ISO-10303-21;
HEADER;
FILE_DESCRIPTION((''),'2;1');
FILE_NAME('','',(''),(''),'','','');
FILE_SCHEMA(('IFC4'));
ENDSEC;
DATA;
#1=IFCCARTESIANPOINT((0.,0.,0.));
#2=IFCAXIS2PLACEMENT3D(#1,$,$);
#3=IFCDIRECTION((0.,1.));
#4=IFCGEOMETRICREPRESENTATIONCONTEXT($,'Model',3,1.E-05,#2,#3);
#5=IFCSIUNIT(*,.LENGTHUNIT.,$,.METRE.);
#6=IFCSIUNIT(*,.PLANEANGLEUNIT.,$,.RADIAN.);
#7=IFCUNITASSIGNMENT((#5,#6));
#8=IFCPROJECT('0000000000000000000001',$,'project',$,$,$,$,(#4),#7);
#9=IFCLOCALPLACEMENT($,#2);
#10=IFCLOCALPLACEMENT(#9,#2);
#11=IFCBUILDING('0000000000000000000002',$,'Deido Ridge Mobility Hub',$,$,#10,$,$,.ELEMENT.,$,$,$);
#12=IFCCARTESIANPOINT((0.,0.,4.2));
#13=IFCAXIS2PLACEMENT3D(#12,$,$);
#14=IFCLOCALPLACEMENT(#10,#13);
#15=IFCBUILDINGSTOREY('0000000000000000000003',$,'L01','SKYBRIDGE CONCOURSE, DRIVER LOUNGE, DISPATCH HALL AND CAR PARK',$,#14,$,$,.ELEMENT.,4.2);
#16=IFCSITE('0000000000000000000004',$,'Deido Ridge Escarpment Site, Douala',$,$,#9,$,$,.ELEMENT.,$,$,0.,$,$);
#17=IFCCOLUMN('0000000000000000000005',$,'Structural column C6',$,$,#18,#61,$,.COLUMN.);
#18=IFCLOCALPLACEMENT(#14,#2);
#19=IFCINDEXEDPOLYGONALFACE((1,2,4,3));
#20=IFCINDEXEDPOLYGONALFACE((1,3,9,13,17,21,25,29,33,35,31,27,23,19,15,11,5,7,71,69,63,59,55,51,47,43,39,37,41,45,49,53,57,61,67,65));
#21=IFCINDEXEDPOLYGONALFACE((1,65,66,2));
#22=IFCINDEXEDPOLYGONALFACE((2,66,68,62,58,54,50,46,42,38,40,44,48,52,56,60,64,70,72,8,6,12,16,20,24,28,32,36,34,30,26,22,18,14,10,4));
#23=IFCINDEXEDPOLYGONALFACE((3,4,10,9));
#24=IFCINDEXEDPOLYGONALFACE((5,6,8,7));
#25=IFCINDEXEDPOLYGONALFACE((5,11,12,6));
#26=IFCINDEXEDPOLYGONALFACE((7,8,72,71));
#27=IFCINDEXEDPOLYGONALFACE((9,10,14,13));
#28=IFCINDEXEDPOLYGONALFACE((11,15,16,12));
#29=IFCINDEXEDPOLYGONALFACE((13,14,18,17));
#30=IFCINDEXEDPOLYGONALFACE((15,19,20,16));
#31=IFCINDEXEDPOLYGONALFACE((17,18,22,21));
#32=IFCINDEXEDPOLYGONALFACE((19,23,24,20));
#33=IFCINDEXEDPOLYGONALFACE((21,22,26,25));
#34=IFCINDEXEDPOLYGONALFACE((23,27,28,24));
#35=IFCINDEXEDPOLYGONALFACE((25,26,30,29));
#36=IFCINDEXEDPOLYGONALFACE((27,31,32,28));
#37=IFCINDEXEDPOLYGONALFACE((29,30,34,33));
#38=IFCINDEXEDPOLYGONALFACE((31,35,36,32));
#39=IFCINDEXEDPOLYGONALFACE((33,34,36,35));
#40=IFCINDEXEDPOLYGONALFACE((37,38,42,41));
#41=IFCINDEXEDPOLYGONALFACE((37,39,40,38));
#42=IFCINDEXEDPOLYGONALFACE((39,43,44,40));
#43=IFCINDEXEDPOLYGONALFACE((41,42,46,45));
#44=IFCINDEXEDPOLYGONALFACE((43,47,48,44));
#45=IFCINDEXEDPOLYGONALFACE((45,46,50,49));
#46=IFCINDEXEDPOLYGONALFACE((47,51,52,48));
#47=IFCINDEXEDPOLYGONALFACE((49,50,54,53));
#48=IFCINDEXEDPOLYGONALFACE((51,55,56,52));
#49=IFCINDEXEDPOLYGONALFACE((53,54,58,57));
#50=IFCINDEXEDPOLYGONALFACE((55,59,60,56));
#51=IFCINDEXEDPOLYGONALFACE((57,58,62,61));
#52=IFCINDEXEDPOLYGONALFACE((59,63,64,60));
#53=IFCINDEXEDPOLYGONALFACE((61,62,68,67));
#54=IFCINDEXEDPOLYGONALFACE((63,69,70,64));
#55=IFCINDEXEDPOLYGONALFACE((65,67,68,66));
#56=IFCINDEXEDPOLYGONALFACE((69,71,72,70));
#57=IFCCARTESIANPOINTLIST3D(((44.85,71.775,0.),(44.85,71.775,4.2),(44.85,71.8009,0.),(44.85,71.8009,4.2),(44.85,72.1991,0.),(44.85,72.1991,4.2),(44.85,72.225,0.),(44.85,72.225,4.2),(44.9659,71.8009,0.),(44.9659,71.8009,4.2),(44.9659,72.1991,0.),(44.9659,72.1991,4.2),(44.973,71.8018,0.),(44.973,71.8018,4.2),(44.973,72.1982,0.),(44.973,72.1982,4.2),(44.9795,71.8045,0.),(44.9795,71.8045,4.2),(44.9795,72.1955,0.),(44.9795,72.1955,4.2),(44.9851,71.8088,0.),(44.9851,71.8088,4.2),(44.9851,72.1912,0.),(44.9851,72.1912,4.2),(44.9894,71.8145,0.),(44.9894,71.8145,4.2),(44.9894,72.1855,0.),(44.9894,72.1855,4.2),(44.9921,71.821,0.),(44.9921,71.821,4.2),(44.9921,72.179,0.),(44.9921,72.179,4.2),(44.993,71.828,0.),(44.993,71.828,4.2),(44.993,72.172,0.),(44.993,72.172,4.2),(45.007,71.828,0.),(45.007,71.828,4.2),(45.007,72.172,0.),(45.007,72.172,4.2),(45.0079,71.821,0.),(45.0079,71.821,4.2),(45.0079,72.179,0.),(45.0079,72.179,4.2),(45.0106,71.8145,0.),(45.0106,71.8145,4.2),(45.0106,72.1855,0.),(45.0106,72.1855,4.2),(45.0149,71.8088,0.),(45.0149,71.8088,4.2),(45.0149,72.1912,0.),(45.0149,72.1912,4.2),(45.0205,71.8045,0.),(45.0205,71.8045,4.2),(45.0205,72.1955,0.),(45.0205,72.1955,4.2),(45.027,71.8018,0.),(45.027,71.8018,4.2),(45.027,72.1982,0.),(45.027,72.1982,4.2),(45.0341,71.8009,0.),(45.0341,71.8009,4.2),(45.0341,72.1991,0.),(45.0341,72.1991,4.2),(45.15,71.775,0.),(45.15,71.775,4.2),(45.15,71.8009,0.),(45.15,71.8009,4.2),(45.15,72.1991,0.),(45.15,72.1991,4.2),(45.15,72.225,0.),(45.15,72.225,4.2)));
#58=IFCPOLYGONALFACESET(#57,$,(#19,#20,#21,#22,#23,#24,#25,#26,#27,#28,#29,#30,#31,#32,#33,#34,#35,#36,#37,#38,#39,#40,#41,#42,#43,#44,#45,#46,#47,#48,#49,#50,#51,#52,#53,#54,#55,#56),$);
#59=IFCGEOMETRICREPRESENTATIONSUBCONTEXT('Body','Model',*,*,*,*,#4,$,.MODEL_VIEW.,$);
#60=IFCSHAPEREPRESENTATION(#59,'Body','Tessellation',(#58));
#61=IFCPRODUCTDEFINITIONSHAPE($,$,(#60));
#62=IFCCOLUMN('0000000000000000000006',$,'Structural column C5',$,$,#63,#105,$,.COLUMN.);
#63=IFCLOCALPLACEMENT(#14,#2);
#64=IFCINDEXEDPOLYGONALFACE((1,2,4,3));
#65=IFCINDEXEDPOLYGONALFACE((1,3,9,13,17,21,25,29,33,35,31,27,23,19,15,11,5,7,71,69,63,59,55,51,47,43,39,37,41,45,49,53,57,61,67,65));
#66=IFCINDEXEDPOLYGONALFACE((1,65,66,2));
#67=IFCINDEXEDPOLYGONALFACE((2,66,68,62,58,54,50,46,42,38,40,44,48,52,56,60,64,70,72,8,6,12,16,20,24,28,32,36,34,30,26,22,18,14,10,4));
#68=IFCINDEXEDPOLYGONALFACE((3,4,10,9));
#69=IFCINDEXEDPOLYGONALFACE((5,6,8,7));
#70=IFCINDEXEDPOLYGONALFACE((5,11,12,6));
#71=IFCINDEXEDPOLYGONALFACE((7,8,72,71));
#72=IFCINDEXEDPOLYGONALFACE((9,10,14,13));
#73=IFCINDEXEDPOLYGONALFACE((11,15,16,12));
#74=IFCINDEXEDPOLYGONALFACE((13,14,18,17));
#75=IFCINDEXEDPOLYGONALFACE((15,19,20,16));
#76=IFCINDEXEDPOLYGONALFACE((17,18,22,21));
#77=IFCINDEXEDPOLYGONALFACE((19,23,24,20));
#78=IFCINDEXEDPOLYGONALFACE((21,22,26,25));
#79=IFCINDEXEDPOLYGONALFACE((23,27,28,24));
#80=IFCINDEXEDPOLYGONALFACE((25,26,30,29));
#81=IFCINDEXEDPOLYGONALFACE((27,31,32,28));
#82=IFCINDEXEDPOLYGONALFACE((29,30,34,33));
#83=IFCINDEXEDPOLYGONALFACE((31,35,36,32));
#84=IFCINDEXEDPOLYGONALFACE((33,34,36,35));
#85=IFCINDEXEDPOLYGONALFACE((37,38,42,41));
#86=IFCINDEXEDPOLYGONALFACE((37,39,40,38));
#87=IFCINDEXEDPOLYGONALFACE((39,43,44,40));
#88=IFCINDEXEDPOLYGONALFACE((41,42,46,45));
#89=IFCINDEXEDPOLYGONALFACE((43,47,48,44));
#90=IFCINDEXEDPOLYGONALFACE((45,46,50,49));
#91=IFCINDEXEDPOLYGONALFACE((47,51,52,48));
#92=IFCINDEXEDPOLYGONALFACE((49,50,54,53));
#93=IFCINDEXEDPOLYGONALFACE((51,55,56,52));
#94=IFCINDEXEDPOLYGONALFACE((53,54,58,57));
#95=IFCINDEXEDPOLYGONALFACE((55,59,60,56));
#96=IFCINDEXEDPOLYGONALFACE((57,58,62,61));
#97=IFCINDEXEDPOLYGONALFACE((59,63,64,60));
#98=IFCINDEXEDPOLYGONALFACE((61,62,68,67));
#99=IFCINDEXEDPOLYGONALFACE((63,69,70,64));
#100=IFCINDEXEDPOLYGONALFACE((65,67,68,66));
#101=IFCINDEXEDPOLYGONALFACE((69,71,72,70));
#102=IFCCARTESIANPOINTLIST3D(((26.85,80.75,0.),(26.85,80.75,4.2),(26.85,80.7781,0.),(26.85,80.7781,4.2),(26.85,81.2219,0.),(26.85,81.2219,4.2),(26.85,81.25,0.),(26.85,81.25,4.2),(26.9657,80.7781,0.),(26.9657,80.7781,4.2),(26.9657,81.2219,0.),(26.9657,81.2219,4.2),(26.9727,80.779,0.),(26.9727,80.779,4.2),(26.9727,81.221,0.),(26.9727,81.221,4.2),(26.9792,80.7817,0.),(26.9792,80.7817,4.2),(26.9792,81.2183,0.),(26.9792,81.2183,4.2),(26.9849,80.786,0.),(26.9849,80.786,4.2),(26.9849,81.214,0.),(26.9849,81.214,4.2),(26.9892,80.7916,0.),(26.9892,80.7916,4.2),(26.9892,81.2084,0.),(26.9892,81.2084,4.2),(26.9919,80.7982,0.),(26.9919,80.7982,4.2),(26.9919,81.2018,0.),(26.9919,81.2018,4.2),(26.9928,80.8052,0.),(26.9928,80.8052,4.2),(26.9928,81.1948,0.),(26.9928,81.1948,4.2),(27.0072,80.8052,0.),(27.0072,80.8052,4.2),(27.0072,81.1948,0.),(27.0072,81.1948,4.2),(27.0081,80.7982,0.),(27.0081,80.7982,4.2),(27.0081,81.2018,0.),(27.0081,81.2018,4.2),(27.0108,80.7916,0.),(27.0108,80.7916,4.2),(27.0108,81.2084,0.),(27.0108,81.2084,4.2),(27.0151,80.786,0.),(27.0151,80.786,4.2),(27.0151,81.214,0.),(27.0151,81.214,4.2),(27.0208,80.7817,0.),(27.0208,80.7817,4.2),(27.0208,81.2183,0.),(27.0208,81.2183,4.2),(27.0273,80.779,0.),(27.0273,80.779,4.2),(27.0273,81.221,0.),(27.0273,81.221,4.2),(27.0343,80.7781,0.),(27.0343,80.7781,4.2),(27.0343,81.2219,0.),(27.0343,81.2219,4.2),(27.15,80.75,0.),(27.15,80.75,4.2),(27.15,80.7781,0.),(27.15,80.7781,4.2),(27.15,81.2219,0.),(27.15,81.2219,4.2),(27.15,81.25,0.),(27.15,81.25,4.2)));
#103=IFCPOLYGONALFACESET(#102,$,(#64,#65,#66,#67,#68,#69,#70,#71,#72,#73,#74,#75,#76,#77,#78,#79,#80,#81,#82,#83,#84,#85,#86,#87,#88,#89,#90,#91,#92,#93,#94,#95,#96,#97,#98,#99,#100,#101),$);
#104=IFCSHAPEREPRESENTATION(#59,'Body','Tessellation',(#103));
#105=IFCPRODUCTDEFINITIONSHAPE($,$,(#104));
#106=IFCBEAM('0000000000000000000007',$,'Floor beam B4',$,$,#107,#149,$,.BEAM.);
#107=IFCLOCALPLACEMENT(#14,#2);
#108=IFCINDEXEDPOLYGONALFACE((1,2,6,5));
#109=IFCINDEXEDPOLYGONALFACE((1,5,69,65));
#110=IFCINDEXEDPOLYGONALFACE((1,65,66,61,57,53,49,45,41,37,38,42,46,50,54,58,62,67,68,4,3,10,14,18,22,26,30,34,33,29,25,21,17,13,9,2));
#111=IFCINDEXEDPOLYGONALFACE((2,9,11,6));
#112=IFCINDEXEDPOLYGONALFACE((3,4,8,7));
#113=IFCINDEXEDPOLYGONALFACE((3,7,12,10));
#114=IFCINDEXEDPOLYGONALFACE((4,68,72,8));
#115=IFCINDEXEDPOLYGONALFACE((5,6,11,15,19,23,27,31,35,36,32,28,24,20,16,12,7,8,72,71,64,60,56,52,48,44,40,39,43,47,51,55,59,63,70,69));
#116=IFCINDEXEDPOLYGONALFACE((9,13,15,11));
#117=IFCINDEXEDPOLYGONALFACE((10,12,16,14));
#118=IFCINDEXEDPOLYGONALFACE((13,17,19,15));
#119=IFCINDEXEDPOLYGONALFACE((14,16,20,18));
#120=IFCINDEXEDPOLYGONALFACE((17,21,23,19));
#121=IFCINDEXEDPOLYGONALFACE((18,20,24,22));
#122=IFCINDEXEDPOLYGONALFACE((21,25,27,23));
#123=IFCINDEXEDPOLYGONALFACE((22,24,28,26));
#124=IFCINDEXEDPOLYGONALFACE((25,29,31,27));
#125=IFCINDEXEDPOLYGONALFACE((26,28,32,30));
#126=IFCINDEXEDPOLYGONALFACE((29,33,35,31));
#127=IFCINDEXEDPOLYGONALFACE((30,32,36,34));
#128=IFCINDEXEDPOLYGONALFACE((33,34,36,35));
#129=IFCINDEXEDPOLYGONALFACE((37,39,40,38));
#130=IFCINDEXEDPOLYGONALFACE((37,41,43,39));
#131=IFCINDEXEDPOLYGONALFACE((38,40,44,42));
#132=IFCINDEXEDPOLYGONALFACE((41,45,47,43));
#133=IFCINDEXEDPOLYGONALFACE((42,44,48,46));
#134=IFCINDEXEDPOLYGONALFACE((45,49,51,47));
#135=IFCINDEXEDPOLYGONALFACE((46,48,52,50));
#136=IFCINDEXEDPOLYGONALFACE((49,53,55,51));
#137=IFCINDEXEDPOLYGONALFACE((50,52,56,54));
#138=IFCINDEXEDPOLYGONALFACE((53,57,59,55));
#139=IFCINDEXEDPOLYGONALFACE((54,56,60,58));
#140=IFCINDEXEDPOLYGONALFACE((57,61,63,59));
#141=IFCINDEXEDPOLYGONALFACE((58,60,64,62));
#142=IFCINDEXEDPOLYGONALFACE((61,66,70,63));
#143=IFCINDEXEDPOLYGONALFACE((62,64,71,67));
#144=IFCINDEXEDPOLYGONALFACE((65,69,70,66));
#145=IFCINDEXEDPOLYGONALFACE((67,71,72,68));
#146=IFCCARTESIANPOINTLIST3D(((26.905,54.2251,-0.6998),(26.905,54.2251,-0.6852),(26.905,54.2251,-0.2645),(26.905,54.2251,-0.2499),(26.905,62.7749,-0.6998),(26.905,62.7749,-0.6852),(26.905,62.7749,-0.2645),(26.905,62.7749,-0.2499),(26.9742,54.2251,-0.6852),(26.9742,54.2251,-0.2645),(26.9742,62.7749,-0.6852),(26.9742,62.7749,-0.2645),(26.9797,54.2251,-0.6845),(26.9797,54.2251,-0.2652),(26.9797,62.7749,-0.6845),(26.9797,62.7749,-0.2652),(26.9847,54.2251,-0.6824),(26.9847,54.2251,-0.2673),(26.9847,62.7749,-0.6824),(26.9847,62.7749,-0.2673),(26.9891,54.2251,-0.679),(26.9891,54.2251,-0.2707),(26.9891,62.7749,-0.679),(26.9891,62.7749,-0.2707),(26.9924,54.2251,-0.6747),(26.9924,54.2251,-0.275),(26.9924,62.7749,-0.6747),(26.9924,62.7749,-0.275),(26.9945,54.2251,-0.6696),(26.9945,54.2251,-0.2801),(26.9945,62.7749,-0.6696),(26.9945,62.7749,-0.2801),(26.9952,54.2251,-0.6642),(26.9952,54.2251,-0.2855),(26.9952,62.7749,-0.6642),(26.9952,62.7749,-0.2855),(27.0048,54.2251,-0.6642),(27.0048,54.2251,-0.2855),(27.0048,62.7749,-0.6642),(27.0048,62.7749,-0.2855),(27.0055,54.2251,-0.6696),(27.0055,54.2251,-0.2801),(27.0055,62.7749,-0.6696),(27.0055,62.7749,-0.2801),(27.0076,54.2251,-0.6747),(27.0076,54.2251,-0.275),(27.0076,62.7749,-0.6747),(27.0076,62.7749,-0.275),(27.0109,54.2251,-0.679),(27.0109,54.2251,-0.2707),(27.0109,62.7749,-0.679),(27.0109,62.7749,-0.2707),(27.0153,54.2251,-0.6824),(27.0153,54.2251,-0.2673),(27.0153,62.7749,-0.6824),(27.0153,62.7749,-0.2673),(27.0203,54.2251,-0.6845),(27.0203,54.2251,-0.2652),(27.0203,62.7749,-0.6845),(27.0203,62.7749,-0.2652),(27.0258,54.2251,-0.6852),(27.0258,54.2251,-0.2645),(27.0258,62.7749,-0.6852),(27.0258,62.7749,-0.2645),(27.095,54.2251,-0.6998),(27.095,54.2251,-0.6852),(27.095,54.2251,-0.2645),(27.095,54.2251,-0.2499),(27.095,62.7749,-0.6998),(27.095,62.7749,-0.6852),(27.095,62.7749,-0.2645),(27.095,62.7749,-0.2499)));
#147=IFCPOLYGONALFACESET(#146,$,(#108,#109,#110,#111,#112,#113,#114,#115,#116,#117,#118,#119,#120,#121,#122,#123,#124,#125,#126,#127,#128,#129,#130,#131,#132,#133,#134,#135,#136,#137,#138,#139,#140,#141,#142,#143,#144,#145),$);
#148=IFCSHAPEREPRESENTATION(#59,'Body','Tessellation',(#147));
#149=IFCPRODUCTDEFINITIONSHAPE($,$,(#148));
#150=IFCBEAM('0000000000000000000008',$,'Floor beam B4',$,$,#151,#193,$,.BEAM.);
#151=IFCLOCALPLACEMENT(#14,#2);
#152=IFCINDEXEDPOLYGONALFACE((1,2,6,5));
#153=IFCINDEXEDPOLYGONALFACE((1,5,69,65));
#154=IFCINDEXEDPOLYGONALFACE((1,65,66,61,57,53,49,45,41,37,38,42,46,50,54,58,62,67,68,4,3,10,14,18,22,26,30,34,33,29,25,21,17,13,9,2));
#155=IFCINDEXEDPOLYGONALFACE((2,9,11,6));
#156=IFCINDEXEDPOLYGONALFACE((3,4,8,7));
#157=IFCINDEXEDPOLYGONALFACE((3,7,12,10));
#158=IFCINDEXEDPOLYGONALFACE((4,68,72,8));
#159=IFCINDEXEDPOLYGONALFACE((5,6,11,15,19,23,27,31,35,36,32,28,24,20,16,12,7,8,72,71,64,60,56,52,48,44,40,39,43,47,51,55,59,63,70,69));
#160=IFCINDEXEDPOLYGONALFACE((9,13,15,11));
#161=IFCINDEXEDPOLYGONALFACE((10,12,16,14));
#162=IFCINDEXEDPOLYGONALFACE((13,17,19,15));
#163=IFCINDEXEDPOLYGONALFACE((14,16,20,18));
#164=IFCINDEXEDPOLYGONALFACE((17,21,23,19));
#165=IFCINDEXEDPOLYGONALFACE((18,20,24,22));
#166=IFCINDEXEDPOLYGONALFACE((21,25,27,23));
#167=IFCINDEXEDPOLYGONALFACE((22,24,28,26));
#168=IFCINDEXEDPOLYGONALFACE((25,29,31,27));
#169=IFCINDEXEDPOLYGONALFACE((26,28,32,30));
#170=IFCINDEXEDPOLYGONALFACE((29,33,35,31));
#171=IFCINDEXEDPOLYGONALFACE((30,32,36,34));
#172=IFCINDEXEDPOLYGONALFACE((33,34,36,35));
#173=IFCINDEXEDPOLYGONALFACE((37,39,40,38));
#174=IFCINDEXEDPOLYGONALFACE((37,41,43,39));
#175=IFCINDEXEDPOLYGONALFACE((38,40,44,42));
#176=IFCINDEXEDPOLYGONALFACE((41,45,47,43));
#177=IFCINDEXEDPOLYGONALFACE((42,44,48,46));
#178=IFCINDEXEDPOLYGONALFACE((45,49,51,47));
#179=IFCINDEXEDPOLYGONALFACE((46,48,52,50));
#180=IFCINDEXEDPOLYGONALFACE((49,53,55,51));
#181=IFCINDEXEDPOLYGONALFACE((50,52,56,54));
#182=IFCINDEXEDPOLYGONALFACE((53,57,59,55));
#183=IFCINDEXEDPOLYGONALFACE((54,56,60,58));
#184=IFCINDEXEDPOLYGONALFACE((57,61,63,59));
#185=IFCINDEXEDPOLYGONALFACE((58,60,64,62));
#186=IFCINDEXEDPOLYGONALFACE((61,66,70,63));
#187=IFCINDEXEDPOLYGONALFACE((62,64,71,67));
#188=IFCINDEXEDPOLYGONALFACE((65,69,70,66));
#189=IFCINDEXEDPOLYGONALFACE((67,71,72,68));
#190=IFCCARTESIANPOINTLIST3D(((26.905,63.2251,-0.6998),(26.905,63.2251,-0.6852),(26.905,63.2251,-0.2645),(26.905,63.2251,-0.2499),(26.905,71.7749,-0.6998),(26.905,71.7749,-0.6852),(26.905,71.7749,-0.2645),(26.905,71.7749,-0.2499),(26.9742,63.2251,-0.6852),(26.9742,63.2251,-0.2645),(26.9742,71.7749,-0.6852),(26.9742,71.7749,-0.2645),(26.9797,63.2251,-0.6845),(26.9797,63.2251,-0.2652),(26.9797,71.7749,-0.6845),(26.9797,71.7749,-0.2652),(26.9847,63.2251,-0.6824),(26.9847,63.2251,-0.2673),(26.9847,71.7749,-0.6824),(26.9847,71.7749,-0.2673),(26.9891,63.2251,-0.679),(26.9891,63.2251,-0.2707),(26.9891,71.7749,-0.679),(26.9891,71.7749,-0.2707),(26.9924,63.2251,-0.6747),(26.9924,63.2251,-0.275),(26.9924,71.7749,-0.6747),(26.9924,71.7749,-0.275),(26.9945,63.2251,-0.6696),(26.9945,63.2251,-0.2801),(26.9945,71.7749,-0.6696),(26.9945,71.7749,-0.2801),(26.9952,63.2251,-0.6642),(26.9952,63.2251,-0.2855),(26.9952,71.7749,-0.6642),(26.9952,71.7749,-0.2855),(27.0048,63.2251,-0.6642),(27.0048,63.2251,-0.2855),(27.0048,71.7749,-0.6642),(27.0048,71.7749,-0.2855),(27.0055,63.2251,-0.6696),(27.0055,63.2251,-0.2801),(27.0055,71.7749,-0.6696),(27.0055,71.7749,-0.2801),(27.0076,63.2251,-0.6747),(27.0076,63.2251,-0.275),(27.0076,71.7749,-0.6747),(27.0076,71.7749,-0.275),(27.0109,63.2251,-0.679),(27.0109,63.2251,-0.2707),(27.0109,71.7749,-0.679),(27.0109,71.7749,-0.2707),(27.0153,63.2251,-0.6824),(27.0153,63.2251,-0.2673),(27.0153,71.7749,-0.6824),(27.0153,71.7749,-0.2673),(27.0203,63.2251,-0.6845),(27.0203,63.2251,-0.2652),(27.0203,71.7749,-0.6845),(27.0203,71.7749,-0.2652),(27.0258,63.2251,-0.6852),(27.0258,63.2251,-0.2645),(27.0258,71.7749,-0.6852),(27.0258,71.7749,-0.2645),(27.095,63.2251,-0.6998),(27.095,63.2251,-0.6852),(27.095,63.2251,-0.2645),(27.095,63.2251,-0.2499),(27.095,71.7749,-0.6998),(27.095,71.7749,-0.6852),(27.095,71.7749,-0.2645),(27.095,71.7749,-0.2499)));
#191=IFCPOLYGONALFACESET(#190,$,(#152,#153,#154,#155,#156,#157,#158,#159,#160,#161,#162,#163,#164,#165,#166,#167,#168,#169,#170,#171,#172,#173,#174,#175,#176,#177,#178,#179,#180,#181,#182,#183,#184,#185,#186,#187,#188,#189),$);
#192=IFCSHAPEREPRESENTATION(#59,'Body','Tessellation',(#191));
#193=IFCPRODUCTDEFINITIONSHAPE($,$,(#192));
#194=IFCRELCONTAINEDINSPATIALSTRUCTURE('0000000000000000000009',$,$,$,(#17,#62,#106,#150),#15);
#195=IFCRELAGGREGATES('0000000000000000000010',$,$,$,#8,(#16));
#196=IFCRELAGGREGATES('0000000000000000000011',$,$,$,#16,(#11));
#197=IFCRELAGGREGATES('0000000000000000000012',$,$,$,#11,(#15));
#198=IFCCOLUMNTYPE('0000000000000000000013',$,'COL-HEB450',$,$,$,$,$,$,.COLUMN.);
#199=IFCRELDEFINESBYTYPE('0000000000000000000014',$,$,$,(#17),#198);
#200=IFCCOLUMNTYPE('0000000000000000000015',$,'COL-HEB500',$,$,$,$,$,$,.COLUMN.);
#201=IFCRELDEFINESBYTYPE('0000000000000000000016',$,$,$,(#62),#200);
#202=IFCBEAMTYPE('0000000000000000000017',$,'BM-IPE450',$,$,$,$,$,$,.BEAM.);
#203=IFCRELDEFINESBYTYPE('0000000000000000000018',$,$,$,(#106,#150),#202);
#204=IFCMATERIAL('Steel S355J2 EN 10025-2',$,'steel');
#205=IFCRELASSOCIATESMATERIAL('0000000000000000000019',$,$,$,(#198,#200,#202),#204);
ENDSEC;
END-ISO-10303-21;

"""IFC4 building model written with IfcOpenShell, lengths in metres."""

from ifc_helpers import new_model, si_unit, direction, frame, origin, origin_2d, place, context, subcontext, project, spatial, i_section, extrude, material, material_profile, profile_set, type_object, element, save


model = new_model("IFC4")

# Units and contexts
model_context = context("Model", 3, precision=1e-05, world=origin(), true_north=direction((0.0, 1.0)))
body_context = subcontext(model_context, "Body", "Model", "MODEL_VIEW")
ifc_project = project(units=[si_unit("LENGTHUNIT", "METRE"), si_unit("PLANEANGLEUNIT", "RADIAN")], contexts=[model_context])

# Site, building, storey
site_placement = place(None, origin())
site = spatial("IfcSite", under=ifc_project, at=site_placement, Name="Deido Ridge Escarpment Site, Douala", CompositionType="ELEMENT", RefElevation=0.0)
building_placement = place(site_placement, origin())
building = spatial("IfcBuilding", under=site, at=building_placement, Name="Deido Ridge Mobility Hub", CompositionType="ELEMENT")
storey_placement = place(building_placement, frame((0.0, 0.0, 4.2)))
storey = spatial("IfcBuildingStorey", under=building, at=storey_placement, Name="L01", Description="SKYBRIDGE CONCOURSE, DRIVER LOUNGE, DISPATCH HALL AND CAR PARK", CompositionType="ELEMENT", Elevation=4.2)

# Columns
ifc_material_1 = material(Name="Steel S355J2 EN 10025-2", Category="steel")
ifc_material_profile_1 = material_profile(ifc_material_1, i_section(OverallWidth=0.3, OverallDepth=0.45, WebThickness=0.0139, FlangeThickness=0.0259, FilletRadius=0.0271, at=origin_2d()), Name="HEB 450")
ifc_profile_set_1 = profile_set([ifc_material_profile_1], Name="Steel S355J2 EN 10025-2")
column_type_1 = type_object("IfcColumnType", Name="COL-HEB450", PredefinedType="COLUMN", material=ifc_profile_set_1)
for number, where, z_axis, x_axis, name in (
    (1, (45.0, 72.0, 0.0), (0.0, 0.0, 1.0), (1.0, 0.0, 0.0), "Structural column C6"),
):
    element("IfcColumn", number, at=place(storey_placement, frame(where, z_axis=z_axis, x_axis=x_axis)), inside=storey, type_object=column_type_1, Name=name, PredefinedType="COLUMN", context=body_context, shape_type="SweptSolid", body=[
        extrude(i_section(OverallWidth=0.3, OverallDepth=0.45, WebThickness=0.0139, FlangeThickness=0.0259, FilletRadius=0.0271, at=origin_2d()), origin(), (0.0, 0.0, 1.0), 4.2),
    ])
ifc_material_profile_2 = material_profile(ifc_material_1, i_section(OverallWidth=0.3, OverallDepth=0.5, WebThickness=0.0144, FlangeThickness=0.0281, FilletRadius=0.0271, at=origin_2d()), Name="HEB 500")
ifc_profile_set_2 = profile_set([ifc_material_profile_2], Name="Steel S355J2 EN 10025-2")
column_type_2 = type_object("IfcColumnType", Name="COL-HEB500", PredefinedType="COLUMN", material=ifc_profile_set_2)
column_placement = place(storey_placement, frame((27.0, 81.0, 0.0), z_axis=(0.0, 0.0, 1.0), x_axis=(1.0, 0.0, 0.0)))
element("IfcColumn", 2, at=column_placement, inside=storey, type_object=column_type_2, Name="Structural column C5", PredefinedType="COLUMN", context=body_context, shape_type="SweptSolid", body=[
    extrude(i_section(OverallWidth=0.3, OverallDepth=0.5, WebThickness=0.0144, FlangeThickness=0.0281, FilletRadius=0.0271, at=origin_2d()), origin(), (0.0, 0.0, 1.0), 4.2),
])

# Beams
ifc_material_profile_3 = material_profile(ifc_material_1, i_section(OverallWidth=0.1899, OverallDepth=0.45, WebThickness=0.0095, FlangeThickness=0.0146, FilletRadius=0.021, at=origin_2d()), Name="IPE 450")
ifc_profile_set_3 = profile_set([ifc_material_profile_3], Name="Steel S355J2 EN 10025-2")
beam_type_1 = type_object("IfcBeamType", Name="BM-IPE450", PredefinedType="BEAM", material=ifc_profile_set_3)
for number, where, z_axis, x_axis, name in (
    (3, (27.0, 54.2251, -0.4749), (0.0, 1.0, 0.0), (-1.0, 0.0, 0.0), "Floor beam B4"),
    (4, (27.0, 63.2251, -0.4749), (0.0, 1.0, 0.0), (-1.0, 0.0, 0.0), "Floor beam B4"),
):
    element("IfcBeam", number, at=place(storey_placement, frame(where, z_axis=z_axis, x_axis=x_axis)), inside=storey, type_object=beam_type_1, Name=name, PredefinedType="BEAM", context=body_context, shape_type="SweptSolid", body=[
        extrude(i_section(OverallWidth=0.1899, OverallDepth=0.45, WebThickness=0.0095, FlangeThickness=0.0146, FilletRadius=0.021, at=origin_2d()), origin(), (0.0, 0.0, 1.0), 8.5498),
    ])

save(model, "model.ifc")
